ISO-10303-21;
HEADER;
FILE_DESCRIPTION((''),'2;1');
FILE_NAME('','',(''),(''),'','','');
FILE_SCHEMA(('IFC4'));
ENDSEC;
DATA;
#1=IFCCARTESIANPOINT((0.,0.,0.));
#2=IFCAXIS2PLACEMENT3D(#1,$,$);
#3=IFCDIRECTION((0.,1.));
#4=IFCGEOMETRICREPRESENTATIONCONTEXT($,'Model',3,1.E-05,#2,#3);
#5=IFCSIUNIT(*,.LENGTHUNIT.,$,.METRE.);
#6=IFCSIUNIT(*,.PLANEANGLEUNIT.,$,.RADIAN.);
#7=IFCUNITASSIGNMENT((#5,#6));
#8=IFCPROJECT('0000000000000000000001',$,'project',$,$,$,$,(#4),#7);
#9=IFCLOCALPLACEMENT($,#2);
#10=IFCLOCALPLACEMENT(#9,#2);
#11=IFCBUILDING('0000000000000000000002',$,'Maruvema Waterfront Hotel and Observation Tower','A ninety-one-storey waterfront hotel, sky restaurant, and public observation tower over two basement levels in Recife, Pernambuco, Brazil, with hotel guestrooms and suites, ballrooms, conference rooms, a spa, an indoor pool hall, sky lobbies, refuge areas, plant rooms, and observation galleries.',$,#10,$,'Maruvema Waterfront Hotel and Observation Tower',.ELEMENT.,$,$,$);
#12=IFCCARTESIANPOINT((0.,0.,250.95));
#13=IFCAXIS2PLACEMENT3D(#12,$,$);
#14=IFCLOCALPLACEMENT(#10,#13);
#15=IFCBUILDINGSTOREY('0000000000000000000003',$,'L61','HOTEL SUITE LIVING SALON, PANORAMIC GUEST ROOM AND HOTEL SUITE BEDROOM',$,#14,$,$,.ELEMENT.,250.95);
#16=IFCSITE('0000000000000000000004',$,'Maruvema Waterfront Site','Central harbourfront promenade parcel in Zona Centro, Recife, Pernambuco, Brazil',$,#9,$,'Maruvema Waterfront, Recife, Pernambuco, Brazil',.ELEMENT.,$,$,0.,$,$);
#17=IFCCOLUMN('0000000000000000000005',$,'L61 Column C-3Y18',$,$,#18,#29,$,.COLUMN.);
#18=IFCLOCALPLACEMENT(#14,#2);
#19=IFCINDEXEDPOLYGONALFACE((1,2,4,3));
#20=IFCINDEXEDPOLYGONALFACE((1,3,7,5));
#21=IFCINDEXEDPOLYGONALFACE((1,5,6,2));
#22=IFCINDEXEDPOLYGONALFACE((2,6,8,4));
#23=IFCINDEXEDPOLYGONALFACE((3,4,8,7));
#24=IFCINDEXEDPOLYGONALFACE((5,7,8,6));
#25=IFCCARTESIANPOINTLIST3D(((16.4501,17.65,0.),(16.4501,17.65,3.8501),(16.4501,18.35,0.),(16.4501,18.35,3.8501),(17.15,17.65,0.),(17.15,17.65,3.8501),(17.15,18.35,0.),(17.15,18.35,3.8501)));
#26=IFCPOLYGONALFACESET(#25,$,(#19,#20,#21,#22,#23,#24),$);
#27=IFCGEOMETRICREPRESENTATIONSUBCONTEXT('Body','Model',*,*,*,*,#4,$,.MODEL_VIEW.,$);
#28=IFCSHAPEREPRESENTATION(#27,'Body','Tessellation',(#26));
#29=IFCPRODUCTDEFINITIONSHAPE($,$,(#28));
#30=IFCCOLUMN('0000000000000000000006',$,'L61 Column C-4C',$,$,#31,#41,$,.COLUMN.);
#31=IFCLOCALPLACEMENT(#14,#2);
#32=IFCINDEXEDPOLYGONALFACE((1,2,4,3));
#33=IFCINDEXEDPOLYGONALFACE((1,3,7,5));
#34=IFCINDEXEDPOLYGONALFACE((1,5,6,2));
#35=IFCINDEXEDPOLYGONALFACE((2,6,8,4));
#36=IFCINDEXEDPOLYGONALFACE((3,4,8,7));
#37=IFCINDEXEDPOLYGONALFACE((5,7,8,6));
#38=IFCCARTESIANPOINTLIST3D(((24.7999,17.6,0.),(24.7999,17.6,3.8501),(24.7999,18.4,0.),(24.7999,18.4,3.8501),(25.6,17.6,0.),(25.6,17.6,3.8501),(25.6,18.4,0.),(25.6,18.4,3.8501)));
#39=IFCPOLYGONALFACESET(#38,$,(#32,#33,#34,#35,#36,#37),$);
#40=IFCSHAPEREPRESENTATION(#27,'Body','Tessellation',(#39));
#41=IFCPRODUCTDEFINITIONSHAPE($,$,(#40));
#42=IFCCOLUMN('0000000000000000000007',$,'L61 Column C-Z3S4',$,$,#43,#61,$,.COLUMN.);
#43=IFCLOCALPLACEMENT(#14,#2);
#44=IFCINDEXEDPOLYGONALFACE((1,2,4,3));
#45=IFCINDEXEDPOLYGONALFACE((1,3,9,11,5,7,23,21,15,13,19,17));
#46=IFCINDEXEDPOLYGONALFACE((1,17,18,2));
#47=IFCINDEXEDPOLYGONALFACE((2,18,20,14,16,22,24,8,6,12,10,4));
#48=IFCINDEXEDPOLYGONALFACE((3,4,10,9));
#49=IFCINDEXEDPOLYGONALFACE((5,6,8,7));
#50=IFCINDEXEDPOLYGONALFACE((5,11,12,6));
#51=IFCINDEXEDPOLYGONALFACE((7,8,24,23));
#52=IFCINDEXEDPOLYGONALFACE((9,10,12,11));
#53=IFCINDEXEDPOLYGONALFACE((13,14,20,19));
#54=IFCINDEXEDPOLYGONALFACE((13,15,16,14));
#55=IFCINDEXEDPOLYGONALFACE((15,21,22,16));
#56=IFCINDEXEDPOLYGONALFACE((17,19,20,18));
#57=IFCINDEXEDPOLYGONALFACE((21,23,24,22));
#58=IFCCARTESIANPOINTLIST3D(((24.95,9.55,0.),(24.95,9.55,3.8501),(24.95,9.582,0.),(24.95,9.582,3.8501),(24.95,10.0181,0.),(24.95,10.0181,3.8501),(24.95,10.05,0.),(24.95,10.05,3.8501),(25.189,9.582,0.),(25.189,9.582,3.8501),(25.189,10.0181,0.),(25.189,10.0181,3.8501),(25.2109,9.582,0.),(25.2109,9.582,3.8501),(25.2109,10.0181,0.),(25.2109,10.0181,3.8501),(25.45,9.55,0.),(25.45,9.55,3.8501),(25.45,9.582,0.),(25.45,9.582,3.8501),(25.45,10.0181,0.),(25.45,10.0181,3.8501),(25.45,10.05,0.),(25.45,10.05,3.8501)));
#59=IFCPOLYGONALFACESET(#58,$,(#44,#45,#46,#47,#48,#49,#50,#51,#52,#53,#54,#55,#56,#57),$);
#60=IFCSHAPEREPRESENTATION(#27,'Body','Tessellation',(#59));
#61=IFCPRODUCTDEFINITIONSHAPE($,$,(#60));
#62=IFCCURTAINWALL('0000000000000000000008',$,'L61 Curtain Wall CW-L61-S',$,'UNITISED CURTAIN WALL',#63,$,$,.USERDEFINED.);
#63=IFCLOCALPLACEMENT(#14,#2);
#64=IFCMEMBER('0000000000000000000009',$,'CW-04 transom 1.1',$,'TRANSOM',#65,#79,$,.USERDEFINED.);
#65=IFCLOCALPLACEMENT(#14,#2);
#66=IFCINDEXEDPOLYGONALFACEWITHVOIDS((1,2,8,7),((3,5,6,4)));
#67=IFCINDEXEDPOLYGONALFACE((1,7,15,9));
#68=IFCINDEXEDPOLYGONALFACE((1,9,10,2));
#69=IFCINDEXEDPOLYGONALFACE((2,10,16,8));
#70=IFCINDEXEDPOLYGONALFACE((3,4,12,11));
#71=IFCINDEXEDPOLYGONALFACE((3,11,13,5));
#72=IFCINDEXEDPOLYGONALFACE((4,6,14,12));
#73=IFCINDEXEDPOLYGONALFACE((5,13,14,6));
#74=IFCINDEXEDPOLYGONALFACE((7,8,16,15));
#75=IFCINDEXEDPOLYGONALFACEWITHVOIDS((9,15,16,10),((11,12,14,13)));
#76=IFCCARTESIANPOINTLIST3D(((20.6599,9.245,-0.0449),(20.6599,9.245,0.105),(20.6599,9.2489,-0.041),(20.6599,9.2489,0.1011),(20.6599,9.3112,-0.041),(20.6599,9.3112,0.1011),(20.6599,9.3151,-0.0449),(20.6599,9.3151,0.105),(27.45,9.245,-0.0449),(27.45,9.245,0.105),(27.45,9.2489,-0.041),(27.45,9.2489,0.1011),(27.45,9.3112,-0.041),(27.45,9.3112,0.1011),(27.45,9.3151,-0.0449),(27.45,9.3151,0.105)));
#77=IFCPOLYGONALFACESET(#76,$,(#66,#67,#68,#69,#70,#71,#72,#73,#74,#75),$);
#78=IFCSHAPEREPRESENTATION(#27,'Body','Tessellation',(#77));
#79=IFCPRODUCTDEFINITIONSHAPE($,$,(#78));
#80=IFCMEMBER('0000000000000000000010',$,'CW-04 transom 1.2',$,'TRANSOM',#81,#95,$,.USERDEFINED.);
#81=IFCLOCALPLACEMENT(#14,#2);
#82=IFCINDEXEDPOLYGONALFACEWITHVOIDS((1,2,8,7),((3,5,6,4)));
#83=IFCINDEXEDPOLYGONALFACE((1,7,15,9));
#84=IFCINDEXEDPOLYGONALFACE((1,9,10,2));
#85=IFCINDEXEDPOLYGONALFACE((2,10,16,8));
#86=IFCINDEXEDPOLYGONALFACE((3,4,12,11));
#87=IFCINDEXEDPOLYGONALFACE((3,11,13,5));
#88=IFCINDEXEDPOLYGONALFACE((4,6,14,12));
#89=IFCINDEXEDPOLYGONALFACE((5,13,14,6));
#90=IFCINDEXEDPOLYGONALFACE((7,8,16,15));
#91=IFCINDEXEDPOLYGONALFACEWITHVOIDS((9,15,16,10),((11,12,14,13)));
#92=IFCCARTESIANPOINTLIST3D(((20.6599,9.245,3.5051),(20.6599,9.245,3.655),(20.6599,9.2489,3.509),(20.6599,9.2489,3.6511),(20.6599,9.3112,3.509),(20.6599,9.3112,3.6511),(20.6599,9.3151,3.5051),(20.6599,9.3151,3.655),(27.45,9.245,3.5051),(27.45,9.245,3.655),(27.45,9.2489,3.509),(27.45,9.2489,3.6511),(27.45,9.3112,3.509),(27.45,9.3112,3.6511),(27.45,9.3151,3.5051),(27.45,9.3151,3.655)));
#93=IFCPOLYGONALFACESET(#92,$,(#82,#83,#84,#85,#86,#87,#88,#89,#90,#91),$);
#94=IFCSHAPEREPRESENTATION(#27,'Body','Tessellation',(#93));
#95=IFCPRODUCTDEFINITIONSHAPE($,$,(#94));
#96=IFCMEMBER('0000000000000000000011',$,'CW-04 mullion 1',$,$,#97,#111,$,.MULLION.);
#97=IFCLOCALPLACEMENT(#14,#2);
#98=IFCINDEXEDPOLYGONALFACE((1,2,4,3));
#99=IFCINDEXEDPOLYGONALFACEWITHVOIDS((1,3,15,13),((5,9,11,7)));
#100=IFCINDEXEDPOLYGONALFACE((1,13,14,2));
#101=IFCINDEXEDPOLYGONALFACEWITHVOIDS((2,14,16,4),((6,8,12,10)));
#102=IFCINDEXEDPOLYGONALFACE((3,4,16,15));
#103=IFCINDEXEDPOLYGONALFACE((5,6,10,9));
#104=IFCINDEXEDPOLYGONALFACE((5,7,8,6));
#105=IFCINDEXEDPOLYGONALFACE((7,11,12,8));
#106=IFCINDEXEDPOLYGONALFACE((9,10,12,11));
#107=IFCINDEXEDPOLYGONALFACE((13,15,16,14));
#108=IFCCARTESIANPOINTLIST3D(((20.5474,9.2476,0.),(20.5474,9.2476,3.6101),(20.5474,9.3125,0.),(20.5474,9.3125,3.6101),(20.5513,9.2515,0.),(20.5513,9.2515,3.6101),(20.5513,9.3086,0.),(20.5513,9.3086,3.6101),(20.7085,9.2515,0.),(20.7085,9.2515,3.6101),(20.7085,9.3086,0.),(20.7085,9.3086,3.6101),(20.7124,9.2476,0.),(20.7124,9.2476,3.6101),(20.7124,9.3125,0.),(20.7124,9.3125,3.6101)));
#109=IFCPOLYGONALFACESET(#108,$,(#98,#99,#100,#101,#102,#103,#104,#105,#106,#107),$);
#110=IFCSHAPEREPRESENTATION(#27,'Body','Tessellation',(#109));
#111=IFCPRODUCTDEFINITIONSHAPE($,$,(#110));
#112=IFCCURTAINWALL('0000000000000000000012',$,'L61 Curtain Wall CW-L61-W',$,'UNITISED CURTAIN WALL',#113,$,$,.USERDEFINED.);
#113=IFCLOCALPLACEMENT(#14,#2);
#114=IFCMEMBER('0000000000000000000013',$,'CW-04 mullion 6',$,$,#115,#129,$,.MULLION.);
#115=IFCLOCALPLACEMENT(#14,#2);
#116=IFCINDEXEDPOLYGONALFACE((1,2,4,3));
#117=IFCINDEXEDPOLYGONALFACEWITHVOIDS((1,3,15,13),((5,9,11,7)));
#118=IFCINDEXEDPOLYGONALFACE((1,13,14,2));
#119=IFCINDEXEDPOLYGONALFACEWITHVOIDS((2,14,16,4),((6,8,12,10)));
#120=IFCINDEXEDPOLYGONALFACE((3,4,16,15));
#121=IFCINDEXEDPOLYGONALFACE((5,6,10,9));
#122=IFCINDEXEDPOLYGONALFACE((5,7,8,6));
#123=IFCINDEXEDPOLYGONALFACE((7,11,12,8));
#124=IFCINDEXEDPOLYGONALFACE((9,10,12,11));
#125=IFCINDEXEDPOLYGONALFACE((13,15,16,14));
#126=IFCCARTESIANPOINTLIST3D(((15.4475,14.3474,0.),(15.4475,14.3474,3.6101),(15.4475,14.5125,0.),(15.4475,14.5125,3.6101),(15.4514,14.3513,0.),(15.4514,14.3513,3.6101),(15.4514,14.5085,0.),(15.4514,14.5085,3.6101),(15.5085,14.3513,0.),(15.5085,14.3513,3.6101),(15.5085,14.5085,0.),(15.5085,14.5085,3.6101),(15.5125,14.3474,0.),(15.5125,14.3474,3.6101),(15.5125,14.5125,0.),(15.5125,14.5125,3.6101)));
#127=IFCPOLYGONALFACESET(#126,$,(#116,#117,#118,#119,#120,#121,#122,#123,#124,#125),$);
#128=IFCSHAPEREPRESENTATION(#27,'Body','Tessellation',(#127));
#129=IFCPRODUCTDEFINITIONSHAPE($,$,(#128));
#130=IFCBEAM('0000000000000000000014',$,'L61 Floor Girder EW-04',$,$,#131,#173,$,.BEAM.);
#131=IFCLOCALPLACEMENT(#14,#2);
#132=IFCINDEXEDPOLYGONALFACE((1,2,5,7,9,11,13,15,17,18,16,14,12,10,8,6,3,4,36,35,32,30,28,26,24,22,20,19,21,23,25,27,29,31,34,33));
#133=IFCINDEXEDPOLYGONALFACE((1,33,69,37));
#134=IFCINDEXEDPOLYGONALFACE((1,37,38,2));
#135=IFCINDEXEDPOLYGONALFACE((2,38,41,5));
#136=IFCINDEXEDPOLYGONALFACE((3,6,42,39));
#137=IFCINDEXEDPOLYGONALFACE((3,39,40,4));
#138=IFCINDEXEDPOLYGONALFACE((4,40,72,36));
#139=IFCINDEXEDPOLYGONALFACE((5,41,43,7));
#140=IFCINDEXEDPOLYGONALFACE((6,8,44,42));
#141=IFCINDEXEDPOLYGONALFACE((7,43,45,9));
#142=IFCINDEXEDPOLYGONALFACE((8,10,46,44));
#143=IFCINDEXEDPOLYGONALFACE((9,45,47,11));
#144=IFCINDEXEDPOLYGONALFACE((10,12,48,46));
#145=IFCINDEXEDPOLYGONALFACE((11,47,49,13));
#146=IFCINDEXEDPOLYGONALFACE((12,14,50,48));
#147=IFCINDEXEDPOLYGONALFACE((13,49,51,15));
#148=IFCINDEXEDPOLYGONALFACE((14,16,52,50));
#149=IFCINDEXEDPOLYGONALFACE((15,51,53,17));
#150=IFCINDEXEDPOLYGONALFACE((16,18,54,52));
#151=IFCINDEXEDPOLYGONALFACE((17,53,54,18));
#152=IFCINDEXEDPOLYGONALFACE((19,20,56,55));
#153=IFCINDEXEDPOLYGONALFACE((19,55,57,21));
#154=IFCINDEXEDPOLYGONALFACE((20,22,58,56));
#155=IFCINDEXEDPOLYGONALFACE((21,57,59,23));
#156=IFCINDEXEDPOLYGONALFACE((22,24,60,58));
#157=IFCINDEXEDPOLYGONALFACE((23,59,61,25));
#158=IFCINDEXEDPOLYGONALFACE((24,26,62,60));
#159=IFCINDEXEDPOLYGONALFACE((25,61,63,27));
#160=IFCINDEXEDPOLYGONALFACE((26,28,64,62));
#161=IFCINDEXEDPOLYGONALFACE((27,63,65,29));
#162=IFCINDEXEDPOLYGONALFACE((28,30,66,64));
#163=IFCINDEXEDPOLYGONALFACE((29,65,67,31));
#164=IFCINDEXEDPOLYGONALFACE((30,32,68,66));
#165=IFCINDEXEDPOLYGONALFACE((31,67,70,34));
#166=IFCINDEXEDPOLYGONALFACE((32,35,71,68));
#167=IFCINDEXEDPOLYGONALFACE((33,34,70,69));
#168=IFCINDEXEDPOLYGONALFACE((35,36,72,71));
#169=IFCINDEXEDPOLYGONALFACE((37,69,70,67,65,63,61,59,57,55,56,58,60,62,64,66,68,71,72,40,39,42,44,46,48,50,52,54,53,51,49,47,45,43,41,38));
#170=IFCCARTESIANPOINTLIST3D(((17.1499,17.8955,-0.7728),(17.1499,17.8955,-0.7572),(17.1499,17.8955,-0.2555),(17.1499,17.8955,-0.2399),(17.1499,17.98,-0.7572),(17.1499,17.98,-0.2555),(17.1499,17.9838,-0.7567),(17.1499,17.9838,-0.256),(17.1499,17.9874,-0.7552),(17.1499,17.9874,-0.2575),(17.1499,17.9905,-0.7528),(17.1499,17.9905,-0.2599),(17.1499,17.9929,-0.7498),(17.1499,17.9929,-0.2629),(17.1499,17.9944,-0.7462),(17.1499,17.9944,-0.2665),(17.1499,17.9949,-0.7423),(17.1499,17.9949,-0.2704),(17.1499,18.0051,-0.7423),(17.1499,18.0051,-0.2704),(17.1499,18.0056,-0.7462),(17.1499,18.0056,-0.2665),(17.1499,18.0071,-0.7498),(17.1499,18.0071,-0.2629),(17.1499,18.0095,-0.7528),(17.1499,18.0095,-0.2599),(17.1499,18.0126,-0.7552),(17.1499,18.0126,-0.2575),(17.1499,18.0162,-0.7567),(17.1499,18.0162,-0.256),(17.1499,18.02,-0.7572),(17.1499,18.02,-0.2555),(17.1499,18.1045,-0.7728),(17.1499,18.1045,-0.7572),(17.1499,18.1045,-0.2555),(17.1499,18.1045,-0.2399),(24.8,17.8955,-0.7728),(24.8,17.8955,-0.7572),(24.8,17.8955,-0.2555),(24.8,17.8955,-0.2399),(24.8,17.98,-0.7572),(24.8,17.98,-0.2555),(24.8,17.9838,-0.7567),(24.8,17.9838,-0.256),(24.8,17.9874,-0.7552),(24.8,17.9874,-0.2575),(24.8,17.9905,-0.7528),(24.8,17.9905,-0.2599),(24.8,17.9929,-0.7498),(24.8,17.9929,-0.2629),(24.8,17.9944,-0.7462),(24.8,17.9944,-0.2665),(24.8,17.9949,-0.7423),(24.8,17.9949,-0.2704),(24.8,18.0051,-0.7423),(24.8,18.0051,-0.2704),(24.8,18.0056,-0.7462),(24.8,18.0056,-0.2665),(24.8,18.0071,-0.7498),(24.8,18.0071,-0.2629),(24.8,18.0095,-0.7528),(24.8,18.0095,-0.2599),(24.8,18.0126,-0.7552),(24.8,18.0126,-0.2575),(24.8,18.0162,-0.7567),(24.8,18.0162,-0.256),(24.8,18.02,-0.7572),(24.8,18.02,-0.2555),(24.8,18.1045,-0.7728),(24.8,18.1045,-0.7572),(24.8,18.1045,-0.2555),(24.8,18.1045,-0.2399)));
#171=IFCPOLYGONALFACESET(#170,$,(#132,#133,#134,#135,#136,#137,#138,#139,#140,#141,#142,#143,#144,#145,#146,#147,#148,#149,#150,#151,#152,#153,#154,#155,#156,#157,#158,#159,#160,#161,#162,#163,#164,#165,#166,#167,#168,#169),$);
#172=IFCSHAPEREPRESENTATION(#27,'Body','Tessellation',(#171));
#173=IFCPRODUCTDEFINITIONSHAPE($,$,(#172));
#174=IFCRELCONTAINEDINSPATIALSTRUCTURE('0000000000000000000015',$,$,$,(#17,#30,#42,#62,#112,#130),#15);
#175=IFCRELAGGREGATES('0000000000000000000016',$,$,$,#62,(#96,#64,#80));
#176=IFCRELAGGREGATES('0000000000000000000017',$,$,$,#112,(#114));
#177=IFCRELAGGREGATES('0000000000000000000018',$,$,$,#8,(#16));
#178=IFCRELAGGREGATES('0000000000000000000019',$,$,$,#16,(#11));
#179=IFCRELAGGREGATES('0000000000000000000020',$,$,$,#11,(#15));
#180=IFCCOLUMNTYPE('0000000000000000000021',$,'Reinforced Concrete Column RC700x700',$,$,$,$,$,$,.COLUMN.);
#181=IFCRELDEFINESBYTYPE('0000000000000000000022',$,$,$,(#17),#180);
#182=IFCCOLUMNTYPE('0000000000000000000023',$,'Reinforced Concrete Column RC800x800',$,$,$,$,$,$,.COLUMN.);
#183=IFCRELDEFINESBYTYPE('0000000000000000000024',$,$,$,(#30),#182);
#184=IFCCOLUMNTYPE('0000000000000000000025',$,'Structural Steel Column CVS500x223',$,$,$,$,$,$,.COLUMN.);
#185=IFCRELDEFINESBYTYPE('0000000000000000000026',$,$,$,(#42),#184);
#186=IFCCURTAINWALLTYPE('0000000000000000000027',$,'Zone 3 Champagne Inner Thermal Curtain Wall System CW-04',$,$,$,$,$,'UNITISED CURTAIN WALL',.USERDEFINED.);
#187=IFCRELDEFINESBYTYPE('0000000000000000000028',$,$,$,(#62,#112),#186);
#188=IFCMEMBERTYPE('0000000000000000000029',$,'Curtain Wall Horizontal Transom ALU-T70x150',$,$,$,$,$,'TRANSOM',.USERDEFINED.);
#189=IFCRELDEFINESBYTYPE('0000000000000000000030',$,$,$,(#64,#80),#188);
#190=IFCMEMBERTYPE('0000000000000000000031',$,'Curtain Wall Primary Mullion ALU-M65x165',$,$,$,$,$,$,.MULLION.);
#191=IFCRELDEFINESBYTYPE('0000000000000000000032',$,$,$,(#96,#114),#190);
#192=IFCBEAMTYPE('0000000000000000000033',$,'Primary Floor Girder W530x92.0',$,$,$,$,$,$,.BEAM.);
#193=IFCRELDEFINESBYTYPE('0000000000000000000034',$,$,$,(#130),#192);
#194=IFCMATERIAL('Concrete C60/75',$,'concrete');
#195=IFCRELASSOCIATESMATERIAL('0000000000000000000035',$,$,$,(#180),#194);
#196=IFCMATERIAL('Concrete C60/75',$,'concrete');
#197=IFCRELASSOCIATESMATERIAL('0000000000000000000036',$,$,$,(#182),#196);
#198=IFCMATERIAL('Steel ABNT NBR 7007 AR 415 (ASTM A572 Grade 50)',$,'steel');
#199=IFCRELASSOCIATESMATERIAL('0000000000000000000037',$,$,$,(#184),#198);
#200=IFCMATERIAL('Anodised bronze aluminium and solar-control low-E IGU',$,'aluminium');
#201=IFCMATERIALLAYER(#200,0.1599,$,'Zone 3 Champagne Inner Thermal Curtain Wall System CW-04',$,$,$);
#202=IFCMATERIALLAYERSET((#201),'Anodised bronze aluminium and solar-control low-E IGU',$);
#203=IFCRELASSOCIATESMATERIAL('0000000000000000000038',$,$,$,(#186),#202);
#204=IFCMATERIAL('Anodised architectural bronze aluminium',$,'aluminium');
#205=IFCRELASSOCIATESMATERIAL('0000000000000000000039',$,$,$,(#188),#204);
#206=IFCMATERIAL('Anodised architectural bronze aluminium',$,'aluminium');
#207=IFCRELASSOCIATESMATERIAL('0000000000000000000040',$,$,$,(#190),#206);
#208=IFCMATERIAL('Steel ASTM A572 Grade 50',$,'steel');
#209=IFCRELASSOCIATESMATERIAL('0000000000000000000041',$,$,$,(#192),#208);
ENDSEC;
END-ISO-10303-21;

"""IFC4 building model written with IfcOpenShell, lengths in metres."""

from ifc_helpers import new_model, si_unit, direction, frame, origin, origin_2d, place, context, subcontext, project, spatial, rectangle, hollow_rectangle, i_section, extrude, material, layer, layer_set, material_profile, profile_set, type_object, element, aggregate, save


model = new_model("IFC4")

# Units and contexts
model_context = context("Model", 3, precision=1e-05, world=origin(), true_north=direction((0.0, 1.0)))
body_context = subcontext(model_context, "Body", "Model", "MODEL_VIEW")
ifc_project = project(units=[si_unit("LENGTHUNIT", "METRE"), si_unit("PLANEANGLEUNIT", "RADIAN")], contexts=[model_context])

# Site, building, storey
site_placement = place(None, origin())
site = spatial("IfcSite", under=ifc_project, at=site_placement, Name="Maruvema Waterfront Site", Description="Central harbourfront promenade parcel in Zona Centro, Recife, Pernambuco, Brazil", LongName="Maruvema Waterfront, Recife, Pernambuco, Brazil", CompositionType="ELEMENT", RefElevation=0.0)
building_placement = place(site_placement, origin())
building = spatial("IfcBuilding", under=site, at=building_placement, Name="Maruvema Waterfront Hotel and Observation Tower", Description="A ninety-one-storey waterfront hotel, sky restaurant, and public observation tower over two basement levels in Recife, Pernambuco, Brazil, with hotel guestrooms and suites, ballrooms, conference rooms, a spa, an indoor pool hall, sky lobbies, refuge areas, plant rooms, and observation galleries.", LongName="Maruvema Waterfront Hotel and Observation Tower", CompositionType="ELEMENT")
storey_placement = place(building_placement, frame((0.0, 0.0, 250.95)))
storey = spatial("IfcBuildingStorey", under=building, at=storey_placement, Name="L61", Description="HOTEL SUITE LIVING SALON, PANORAMIC GUEST ROOM AND HOTEL SUITE BEDROOM", CompositionType="ELEMENT", Elevation=250.95)

# Columns
ifc_material_1 = material(Name="Concrete C60/75", Category="concrete")
ifc_material_profile_1 = material_profile(ifc_material_1, rectangle(XDim=0.7, YDim=0.7, at=origin_2d()), Name="RC700x700")
ifc_profile_set_1 = profile_set([ifc_material_profile_1], Name="Concrete C60/75")
column_type_1 = type_object("IfcColumnType", Name="Reinforced Concrete Column RC700x700", PredefinedType="COLUMN", material=ifc_profile_set_1)
column_1_placement = place(storey_placement, frame((16.8, 18.0, 0.0), z_axis=(0.0, 0.0, 1.0), x_axis=(1.0, 0.0, 0.0)))
element("IfcColumn", 1, at=column_1_placement, inside=storey, type_object=column_type_1, Name="L61 Column C-3Y18", PredefinedType="COLUMN", context=body_context, shape_type="SweptSolid", body=[
    extrude(rectangle(XDim=0.7, YDim=0.7, at=origin_2d()), origin(), (0.0, 0.0, 1.0), 3.8501),
])
ifc_material_2 = material(Name="Concrete C60/75", Category="concrete")
ifc_material_profile_2 = material_profile(ifc_material_2, rectangle(XDim=0.8, YDim=0.8, at=origin_2d()), Name="RC800x800")
ifc_profile_set_2 = profile_set([ifc_material_profile_2], Name="Concrete C60/75")
column_type_2 = type_object("IfcColumnType", Name="Reinforced Concrete Column RC800x800", PredefinedType="COLUMN", material=ifc_profile_set_2)
column_2_placement = place(storey_placement, frame((25.2, 18.0, 0.0), z_axis=(0.0, 0.0, 1.0), x_axis=(1.0, 0.0, 0.0)))
element("IfcColumn", 2, at=column_2_placement, inside=storey, type_object=column_type_2, Name="L61 Column C-4C", PredefinedType="COLUMN", context=body_context, shape_type="SweptSolid", body=[
    extrude(rectangle(XDim=0.8, YDim=0.8, at=origin_2d()), origin(), (0.0, 0.0, 1.0), 3.8501),
])
ifc_material_3 = material(Name="Steel ABNT NBR 7007 AR 415 (ASTM A572 Grade 50)", Category="steel")
ifc_material_profile_3 = material_profile(ifc_material_3, i_section(OverallWidth=0.5, OverallDepth=0.5, WebThickness=0.022, FlangeThickness=0.032, at=origin_2d()), Name="CVS500x223")
ifc_profile_set_3 = profile_set([ifc_material_profile_3], Name="Steel ABNT NBR 7007 AR 415 (ASTM A572 Grade 50)")
column_type_3 = type_object("IfcColumnType", Name="Structural Steel Column CVS500x223", PredefinedType="COLUMN", material=ifc_profile_set_3)
column_3_placement = place(storey_placement, frame((25.2, 9.8, 0.0), z_axis=(0.0, 0.0, 1.0), x_axis=(1.0, 0.0, 0.0)))
element("IfcColumn", 3, at=column_3_placement, inside=storey, type_object=column_type_3, Name="L61 Column C-Z3S4", PredefinedType="COLUMN", context=body_context, shape_type="SweptSolid", body=[
    extrude(i_section(OverallWidth=0.5, OverallDepth=0.5, WebThickness=0.022, FlangeThickness=0.032, at=origin_2d()), origin(), (0.0, 0.0, 1.0), 3.8501),
])

# Curtain wall, members
ifc_material_4 = material(Name="Anodised bronze aluminium and solar-control low-E IGU", Category="aluminium")
ifc_layer_1 = layer(ifc_material_4, 0.1599, Name="Zone 3 Champagne Inner Thermal Curtain Wall System CW-04")
ifc_layer_set_1 = layer_set([ifc_layer_1], Name="Anodised bronze aluminium and solar-control low-E IGU")
curtain_wall_type = type_object("IfcCurtainWallType", Name="Zone 3 Champagne Inner Thermal Curtain Wall System CW-04", ElementType="UNITISED CURTAIN WALL", PredefinedType="USERDEFINED", material=ifc_layer_set_1)
curtain_wall_1_placement = place(storey_placement, origin())
curtain_wall_1 = element("IfcCurtainWall", 4, at=curtain_wall_1_placement, inside=storey, type_object=curtain_wall_type, Name="L61 Curtain Wall CW-L61-S", ObjectType="UNITISED CURTAIN WALL", PredefinedType="USERDEFINED")
ifc_material_5 = material(Name="Anodised architectural bronze aluminium", Category="aluminium")
ifc_material_profile_4 = material_profile(ifc_material_5, hollow_rectangle(XDim=0.0701, YDim=0.1499, WallThickness=0.0039, at=origin_2d()), Name="ALU-T70x150")
ifc_profile_set_4 = profile_set([ifc_material_profile_4], Name="Anodised architectural bronze aluminium")
member_type_1 = type_object("IfcMemberType", Name="Curtain Wall Horizontal Transom ALU-T70x150", ElementType="TRANSOM", PredefinedType="USERDEFINED", material=ifc_profile_set_4)
member_1_placement = place(storey_placement, frame((20.6599, 9.28, 0.03), z_axis=(1.0, 0.0, 0.0), x_axis=(0.0, 1.0, 0.0)))
member_1 = element("IfcMember", 5, at=member_1_placement, type_object=member_type_1, Name="CW-04 transom 1.1", ObjectType="TRANSOM", PredefinedType="USERDEFINED", context=body_context, shape_type="SweptSolid", body=[
    extrude(hollow_rectangle(XDim=0.0701, YDim=0.1499, WallThickness=0.0039, at=origin_2d()), origin(), (0.0, 0.0, 1.0), 6.79),
])
member_2_placement = place(storey_placement, frame((20.6599, 9.28, 3.5801), z_axis=(1.0, 0.0, 0.0), x_axis=(0.0, 1.0, 0.0)))
member_2 = element("IfcMember", 6, at=member_2_placement, type_object=member_type_1, Name="CW-04 transom 1.2", ObjectType="TRANSOM", PredefinedType="USERDEFINED", context=body_context, shape_type="SweptSolid", body=[
    extrude(hollow_rectangle(XDim=0.0701, YDim=0.1499, WallThickness=0.0039, at=origin_2d()), origin(), (0.0, 0.0, 1.0), 6.79),
])
ifc_material_6 = material(Name="Anodised architectural bronze aluminium", Category="aluminium")
ifc_material_profile_5 = material_profile(ifc_material_6, hollow_rectangle(XDim=0.0649, YDim=0.165, WallThickness=0.0039, at=origin_2d()), Name="ALU-M65x165")
ifc_profile_set_5 = profile_set([ifc_material_profile_5], Name="Anodised architectural bronze aluminium")
member_type_2 = type_object("IfcMemberType", Name="Curtain Wall Primary Mullion ALU-M65x165", PredefinedType="MULLION", material=ifc_profile_set_5)
member_3_placement = place(storey_placement, frame((20.6299, 9.28, 0.0), z_axis=(0.0, 0.0, 1.0), x_axis=(0.0, 1.0, 0.0)))
member_3 = element("IfcMember", 7, at=member_3_placement, type_object=member_type_2, Name="CW-04 mullion 1", PredefinedType="MULLION", context=body_context, shape_type="SweptSolid", body=[
    extrude(hollow_rectangle(XDim=0.0649, YDim=0.165, WallThickness=0.0039, at=origin_2d()), origin(), (0.0, 0.0, 1.0), 3.6101),
])

# Curtain wall, member
curtain_wall_2_placement = place(storey_placement, origin())
curtain_wall_2 = element("IfcCurtainWall", 8, at=curtain_wall_2_placement, inside=storey, type_object=curtain_wall_type, Name="L61 Curtain Wall CW-L61-W", ObjectType="UNITISED CURTAIN WALL", PredefinedType="USERDEFINED")
member_4_placement = place(storey_placement, frame((15.48, 14.4299, 0.0), z_axis=(0.0, 0.0, 1.0), x_axis=(1.0, 0.0, 0.0)))
member_4 = element("IfcMember", 9, at=member_4_placement, type_object=member_type_2, Name="CW-04 mullion 6", PredefinedType="MULLION", context=body_context, shape_type="SweptSolid", body=[
    extrude(hollow_rectangle(XDim=0.0649, YDim=0.165, WallThickness=0.0039, at=origin_2d()), origin(), (0.0, 0.0, 1.0), 3.6101),
])

# Beam
ifc_material_7 = material(Name="Steel ASTM A572 Grade 50", Category="steel")
ifc_material_profile_6 = material_profile(ifc_material_7, i_section(OverallWidth=0.209, OverallDepth=0.533, WebThickness=0.0103, FlangeThickness=0.0156, FilletRadius=0.0149, at=origin_2d()), Name="W530x92.0")
ifc_profile_set_6 = profile_set([ifc_material_profile_6], Name="Steel ASTM A572 Grade 50")
beam_type_1 = type_object("IfcBeamType", Name="Primary Floor Girder W530x92.0", PredefinedType="BEAM", material=ifc_profile_set_6)
beam_1_placement = place(storey_placement, frame((17.1499, 18.0, -0.5063), z_axis=(1.0, 0.0, 0.0), x_axis=(0.0, 1.0, 0.0)))
element("IfcBeam", 10, at=beam_1_placement, inside=storey, type_object=beam_type_1, Name="L61 Floor Girder EW-04", PredefinedType="BEAM", context=body_context, shape_type="SweptSolid", body=[
    extrude(i_section(OverallWidth=0.209, OverallDepth=0.533, WebThickness=0.0103, FlangeThickness=0.0156, FilletRadius=0.0149, at=origin_2d()), origin(), (0.0, 0.0, 1.0), 7.6501),
])

aggregate(curtain_wall_1, [member_3, member_1, member_2])
aggregate(curtain_wall_2, [member_4])

save(model, "model.ifc")
